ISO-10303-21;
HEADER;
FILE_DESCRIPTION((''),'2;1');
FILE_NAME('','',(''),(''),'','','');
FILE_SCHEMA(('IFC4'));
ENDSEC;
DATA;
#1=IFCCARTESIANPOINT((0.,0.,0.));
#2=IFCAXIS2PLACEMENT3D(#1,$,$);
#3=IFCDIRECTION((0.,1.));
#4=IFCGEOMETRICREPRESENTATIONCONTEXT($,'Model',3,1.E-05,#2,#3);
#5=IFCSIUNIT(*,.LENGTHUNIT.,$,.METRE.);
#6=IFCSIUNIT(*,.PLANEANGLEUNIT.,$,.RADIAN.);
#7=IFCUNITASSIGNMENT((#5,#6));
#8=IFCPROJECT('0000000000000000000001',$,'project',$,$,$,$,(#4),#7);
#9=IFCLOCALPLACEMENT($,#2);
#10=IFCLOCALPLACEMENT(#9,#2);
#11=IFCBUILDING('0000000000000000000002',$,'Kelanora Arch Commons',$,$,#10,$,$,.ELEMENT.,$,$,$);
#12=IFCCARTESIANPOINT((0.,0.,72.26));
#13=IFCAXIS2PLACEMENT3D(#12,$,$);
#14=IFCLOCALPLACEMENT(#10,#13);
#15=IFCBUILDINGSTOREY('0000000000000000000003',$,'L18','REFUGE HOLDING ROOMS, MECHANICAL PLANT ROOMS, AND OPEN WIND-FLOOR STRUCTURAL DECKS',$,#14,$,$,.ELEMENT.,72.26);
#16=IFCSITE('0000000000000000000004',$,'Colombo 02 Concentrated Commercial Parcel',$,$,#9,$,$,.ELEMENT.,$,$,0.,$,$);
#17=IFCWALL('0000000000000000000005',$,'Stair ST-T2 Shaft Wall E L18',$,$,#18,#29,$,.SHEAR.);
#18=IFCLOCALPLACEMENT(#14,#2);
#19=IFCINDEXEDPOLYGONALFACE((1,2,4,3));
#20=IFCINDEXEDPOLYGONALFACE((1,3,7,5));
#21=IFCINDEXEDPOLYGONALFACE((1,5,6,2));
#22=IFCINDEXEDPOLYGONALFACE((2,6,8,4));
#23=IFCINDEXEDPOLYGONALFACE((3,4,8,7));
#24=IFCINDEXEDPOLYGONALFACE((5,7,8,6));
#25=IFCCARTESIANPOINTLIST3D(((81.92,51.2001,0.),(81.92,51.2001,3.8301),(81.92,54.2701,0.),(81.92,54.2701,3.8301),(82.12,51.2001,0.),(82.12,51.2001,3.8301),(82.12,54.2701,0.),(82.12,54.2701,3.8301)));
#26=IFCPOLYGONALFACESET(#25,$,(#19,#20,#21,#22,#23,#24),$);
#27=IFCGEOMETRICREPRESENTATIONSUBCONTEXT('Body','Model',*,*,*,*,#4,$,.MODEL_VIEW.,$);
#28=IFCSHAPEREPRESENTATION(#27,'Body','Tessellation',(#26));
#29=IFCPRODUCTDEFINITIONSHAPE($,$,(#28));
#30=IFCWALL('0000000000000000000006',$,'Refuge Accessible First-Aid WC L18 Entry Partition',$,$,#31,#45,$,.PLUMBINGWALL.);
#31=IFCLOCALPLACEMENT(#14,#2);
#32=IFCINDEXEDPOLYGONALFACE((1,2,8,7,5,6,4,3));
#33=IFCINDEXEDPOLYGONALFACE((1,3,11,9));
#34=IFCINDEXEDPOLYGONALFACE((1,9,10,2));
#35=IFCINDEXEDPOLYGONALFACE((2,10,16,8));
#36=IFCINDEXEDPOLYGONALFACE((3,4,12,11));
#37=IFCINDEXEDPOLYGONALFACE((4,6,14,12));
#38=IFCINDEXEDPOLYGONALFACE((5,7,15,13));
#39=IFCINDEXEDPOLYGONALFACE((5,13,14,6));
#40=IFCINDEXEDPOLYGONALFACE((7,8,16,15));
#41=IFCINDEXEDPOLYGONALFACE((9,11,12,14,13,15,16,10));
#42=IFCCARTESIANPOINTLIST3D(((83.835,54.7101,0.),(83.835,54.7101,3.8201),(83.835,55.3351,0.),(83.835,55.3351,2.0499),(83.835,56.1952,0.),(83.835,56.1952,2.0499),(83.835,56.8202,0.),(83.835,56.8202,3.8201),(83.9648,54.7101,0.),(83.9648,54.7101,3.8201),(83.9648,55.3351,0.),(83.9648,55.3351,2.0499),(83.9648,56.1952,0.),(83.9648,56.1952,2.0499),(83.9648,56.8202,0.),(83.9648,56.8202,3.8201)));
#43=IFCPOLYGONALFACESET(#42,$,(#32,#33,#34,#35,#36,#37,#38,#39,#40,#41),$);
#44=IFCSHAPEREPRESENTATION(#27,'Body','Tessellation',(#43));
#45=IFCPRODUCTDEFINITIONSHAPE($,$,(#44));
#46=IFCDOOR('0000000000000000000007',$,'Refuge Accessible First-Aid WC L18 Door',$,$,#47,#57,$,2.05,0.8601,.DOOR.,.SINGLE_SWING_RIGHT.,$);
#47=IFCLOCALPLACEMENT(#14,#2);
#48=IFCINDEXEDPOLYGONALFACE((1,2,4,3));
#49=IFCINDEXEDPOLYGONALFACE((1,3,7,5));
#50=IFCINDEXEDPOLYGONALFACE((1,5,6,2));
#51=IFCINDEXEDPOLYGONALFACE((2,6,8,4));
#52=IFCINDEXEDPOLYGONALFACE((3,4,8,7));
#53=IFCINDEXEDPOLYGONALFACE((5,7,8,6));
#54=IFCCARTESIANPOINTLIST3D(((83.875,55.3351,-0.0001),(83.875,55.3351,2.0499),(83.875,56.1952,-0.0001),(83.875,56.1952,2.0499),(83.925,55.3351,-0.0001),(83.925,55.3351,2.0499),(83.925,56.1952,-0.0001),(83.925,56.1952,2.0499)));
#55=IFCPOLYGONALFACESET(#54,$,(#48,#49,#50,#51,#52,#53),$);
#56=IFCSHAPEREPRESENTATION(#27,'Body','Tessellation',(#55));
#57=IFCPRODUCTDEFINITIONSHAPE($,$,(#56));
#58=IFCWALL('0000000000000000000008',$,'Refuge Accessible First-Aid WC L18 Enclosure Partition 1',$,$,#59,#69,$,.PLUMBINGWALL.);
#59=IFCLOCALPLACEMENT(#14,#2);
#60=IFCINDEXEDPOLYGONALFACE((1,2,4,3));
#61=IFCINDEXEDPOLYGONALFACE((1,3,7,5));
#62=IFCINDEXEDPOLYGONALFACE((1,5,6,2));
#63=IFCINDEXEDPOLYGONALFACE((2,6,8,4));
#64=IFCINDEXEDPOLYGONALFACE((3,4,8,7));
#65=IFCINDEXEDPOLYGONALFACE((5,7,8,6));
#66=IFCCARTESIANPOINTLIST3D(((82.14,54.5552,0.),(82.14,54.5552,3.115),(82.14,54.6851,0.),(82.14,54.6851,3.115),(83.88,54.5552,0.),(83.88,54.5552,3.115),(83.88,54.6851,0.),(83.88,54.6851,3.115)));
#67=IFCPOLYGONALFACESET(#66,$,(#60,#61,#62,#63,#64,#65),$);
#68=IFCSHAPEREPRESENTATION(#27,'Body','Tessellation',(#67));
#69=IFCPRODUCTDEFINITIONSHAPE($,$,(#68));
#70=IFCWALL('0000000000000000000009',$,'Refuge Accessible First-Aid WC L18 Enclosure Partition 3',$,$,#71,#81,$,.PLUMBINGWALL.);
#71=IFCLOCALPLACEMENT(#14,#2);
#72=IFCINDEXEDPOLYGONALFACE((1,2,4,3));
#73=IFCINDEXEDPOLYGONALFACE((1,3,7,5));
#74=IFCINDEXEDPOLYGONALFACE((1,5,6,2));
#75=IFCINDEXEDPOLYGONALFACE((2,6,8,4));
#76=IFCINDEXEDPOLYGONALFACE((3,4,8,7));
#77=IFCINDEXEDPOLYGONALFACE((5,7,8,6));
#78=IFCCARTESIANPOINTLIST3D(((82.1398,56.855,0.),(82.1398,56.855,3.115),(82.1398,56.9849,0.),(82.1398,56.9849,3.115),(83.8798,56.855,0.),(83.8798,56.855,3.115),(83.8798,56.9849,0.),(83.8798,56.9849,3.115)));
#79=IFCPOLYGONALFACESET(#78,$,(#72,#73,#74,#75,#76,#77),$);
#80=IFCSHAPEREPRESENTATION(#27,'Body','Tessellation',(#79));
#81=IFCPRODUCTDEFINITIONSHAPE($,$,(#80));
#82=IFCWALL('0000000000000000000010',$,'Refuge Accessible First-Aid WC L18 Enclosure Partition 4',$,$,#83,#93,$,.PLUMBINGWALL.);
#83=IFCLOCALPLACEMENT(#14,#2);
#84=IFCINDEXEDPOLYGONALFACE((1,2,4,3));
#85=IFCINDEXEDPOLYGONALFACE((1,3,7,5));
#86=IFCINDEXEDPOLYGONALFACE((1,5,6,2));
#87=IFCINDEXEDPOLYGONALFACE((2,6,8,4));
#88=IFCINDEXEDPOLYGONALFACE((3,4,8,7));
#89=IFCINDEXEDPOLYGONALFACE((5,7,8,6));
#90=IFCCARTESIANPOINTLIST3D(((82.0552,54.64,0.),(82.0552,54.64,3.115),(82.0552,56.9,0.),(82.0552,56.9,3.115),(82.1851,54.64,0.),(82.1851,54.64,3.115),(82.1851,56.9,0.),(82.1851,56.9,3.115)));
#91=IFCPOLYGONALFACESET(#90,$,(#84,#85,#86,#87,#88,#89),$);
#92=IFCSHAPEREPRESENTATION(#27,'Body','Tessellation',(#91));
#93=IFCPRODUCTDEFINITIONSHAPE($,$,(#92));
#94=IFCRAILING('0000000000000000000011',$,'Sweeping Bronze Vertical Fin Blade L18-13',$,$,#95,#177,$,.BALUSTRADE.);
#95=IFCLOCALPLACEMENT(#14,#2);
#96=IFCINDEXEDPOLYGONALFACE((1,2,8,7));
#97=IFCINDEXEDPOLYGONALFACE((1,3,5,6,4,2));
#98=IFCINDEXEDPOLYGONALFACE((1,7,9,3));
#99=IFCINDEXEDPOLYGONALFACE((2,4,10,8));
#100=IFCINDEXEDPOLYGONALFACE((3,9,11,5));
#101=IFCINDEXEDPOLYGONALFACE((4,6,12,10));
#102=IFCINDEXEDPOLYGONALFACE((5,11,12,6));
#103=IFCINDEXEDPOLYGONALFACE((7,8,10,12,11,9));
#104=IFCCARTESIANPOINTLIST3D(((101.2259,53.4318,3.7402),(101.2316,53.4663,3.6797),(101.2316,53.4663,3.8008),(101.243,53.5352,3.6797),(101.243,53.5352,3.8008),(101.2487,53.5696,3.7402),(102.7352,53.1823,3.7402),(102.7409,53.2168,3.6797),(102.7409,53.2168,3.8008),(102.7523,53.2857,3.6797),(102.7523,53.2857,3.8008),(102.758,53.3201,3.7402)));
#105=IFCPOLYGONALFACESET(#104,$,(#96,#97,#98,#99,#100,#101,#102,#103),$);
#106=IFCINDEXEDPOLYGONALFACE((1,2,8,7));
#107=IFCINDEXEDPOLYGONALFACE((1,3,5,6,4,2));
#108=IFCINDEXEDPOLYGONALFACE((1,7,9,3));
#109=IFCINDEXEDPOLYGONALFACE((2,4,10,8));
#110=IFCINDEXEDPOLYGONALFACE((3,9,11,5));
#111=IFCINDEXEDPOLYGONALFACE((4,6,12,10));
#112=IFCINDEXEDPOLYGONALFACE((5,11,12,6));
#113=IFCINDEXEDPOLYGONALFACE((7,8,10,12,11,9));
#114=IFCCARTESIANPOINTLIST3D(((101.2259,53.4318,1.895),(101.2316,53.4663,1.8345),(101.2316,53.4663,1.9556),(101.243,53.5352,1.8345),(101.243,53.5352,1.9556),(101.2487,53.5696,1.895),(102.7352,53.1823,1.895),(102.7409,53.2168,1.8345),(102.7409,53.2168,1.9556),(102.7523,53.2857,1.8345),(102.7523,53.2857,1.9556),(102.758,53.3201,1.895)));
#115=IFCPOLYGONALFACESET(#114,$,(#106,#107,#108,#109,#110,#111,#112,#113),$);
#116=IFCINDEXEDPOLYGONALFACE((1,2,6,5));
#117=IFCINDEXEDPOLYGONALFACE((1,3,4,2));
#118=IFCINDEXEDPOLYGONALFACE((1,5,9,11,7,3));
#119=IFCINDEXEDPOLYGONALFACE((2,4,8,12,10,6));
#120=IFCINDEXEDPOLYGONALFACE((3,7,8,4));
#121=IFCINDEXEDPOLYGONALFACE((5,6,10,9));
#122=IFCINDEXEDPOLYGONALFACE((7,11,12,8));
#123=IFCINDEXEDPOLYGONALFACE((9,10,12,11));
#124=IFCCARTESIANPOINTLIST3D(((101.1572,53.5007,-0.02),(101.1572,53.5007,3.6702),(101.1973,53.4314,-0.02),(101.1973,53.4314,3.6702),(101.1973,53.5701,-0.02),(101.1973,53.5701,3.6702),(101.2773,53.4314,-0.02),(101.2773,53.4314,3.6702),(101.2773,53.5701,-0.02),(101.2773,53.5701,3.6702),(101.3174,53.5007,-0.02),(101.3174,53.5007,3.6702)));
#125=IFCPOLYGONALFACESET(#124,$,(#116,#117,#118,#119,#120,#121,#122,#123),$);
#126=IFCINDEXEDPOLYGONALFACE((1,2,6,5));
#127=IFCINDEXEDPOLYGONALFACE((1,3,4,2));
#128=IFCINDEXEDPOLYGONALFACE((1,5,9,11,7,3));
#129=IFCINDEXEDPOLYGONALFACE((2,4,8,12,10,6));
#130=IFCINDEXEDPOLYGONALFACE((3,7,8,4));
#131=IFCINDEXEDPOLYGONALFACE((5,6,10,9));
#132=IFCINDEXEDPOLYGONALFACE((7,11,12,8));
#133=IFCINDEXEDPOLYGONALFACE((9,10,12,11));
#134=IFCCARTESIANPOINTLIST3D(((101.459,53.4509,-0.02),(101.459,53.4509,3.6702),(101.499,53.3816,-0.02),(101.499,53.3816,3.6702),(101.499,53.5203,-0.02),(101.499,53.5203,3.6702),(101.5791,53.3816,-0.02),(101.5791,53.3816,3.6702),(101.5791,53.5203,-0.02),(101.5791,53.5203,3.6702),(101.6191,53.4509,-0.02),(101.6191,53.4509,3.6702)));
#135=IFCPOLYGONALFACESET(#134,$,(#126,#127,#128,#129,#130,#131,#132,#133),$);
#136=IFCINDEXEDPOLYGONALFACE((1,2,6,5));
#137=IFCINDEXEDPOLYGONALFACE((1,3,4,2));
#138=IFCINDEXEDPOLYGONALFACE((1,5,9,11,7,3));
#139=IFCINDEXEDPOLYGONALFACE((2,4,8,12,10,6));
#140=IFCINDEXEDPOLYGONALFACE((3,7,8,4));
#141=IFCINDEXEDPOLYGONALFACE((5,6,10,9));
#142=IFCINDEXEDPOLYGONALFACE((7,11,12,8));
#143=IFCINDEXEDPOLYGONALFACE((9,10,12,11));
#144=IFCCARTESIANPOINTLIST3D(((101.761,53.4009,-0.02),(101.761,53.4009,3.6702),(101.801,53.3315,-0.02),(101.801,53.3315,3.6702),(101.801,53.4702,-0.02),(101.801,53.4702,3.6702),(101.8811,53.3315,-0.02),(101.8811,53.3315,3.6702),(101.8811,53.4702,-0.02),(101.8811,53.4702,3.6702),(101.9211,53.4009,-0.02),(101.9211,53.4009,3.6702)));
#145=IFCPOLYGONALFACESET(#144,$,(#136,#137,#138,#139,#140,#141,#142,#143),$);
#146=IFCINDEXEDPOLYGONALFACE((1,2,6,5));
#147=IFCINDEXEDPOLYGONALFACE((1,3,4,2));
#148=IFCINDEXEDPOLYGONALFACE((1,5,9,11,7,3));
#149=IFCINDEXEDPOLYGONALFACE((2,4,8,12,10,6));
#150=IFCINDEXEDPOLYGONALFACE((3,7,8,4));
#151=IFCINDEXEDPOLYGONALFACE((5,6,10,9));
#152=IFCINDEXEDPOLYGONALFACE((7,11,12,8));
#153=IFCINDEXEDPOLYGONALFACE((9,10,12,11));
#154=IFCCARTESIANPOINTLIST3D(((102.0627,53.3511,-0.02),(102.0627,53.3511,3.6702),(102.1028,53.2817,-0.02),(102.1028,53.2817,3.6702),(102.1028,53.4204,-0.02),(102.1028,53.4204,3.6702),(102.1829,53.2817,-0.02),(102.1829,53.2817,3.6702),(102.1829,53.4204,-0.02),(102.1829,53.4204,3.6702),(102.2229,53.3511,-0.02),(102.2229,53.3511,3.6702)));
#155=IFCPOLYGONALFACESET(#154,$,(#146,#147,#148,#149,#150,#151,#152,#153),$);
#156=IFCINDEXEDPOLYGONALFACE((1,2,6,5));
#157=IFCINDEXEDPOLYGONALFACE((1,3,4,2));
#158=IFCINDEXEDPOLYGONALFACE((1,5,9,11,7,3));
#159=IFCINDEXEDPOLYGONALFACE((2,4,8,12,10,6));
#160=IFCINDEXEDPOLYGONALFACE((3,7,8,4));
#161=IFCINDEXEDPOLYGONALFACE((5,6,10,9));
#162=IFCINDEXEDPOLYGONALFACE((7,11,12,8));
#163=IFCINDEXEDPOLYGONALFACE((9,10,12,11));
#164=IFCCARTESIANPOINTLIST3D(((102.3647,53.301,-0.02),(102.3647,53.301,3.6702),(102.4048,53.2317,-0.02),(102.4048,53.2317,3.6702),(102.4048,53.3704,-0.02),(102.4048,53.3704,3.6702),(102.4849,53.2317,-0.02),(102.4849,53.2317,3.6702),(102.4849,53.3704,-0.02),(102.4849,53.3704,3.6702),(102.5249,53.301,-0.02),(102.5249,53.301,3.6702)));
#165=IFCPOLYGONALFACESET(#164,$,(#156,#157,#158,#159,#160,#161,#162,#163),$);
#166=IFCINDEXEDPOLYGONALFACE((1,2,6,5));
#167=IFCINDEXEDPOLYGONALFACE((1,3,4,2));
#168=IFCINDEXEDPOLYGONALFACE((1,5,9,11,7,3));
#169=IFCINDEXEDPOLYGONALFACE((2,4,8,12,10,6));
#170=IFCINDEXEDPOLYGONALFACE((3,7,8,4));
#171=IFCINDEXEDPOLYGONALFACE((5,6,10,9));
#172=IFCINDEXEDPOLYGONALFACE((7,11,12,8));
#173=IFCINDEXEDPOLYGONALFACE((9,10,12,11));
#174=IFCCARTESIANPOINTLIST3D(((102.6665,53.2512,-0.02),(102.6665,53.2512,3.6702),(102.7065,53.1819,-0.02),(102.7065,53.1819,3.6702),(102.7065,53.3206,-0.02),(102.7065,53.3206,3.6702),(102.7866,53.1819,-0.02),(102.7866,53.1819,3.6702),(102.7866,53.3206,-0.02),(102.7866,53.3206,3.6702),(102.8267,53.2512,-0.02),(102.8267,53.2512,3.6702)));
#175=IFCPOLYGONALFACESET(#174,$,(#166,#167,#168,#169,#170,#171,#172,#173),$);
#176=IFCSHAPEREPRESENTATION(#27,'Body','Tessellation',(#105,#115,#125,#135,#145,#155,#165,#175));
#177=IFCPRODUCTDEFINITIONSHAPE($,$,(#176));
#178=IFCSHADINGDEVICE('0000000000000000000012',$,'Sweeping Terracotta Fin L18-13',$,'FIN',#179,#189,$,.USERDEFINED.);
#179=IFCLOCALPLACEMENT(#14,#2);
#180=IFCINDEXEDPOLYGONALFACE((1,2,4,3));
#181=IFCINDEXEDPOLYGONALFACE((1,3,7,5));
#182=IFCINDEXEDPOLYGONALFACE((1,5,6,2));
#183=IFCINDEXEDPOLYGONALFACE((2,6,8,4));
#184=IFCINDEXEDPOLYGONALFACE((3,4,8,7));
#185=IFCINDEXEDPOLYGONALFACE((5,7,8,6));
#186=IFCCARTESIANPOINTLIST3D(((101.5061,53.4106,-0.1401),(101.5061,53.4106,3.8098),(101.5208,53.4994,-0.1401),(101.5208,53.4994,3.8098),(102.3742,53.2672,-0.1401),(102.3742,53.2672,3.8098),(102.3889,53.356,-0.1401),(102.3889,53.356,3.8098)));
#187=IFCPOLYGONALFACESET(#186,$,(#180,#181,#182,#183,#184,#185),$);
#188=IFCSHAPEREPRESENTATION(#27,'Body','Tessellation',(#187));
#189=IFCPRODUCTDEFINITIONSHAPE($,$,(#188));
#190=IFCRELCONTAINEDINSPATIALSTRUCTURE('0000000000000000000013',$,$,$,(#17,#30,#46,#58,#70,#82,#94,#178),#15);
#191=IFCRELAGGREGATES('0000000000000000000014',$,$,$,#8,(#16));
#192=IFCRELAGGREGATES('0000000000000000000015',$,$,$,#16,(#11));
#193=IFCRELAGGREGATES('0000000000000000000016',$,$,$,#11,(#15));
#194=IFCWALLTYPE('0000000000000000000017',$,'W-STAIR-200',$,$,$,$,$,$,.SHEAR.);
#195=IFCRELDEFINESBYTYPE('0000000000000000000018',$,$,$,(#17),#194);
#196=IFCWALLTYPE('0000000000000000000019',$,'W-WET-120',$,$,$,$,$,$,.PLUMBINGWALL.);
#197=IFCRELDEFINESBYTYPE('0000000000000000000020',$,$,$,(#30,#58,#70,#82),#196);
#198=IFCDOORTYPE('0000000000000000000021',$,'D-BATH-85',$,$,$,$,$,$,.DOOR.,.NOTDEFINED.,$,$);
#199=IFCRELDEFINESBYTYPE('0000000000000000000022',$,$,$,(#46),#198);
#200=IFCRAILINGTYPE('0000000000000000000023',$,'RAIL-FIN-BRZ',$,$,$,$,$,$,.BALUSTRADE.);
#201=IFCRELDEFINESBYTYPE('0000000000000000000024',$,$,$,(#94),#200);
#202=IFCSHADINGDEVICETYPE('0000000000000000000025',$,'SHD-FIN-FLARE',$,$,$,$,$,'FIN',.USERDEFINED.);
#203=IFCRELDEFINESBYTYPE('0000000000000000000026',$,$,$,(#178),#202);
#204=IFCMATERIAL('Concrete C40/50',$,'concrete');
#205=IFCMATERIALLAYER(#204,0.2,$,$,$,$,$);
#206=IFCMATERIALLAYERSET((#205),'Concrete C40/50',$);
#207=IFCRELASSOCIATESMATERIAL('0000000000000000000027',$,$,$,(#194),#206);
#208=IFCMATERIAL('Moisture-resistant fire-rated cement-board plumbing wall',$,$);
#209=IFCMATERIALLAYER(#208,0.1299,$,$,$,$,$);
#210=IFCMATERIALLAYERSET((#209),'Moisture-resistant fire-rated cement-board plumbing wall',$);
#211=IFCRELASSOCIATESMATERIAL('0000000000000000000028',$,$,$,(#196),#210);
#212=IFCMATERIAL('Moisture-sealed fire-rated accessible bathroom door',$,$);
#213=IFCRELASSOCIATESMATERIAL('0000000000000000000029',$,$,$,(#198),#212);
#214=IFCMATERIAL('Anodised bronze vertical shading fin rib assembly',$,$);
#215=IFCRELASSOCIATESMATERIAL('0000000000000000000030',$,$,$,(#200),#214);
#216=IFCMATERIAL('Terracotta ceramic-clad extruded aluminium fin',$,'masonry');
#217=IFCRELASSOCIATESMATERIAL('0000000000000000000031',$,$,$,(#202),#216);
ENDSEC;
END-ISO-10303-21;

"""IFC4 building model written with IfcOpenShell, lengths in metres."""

from ifc_helpers import new_model, si_unit, direction, frame, frame_2d, origin, origin_2d, place, context, subcontext, project, spatial, polyline, rectangle, outline, extrude, source, transform, mapped, material, layer, layer_set, type_object, element, fill, save


model = new_model("IFC4")

# Units and contexts
model_context = context("Model", 3, precision=1e-05, world=origin(), true_north=direction((0.0, 1.0)))
body_context = subcontext(model_context, "Body", "Model", "MODEL_VIEW")
ifc_project = project(units=[si_unit("LENGTHUNIT", "METRE"), si_unit("PLANEANGLEUNIT", "RADIAN")], contexts=[model_context])

# Site, building, storey
site_placement = place(None, origin())
site = spatial("IfcSite", under=ifc_project, at=site_placement, Name="Colombo 02 Concentrated Commercial Parcel", CompositionType="ELEMENT", RefElevation=0.0)
building_placement = place(site_placement, origin())
building = spatial("IfcBuilding", under=site, at=building_placement, Name="Kelanora Arch Commons", CompositionType="ELEMENT")
storey_placement = place(building_placement, frame((0.0, 0.0, 72.26)))
storey = spatial("IfcBuildingStorey", under=building, at=storey_placement, Name="L18", Description="REFUGE HOLDING ROOMS, MECHANICAL PLANT ROOMS, AND OPEN WIND-FLOOR STRUCTURAL DECKS", CompositionType="ELEMENT", Elevation=72.26)

# Wall
ifc_material_1 = material(Name="Concrete C40/50", Category="concrete")
ifc_layer_1 = layer(ifc_material_1, 0.2)
ifc_layer_set_1 = layer_set([ifc_layer_1], Name="Concrete C40/50")
wall_type_1 = type_object("IfcWallType", Name="W-STAIR-200", PredefinedType="SHEAR", material=ifc_layer_set_1)
wall_1_placement = place(storey_placement, frame((82.02, 51.2, 0.0), z_axis=(0.0, 0.0, 1.0), x_axis=(0.0, 1.0, 0.0)))
element("IfcWall", 1, at=wall_1_placement, inside=storey, type_object=wall_type_1, Name="Stair ST-T2 Shaft Wall E L18", PredefinedType="SHEAR", context=body_context, shape_type="SweptSolid", body=[
    extrude(rectangle(XDim=3.0701, YDim=0.2, at=frame_2d((1.5352, 0.0))), origin(), (0.0, 0.0, 1.0), 3.8301),
])

# Wall, opening, door
ifc_material_2 = material(Name="Moisture-resistant fire-rated cement-board plumbing wall")
ifc_layer_2 = layer(ifc_material_2, 0.1299)
ifc_layer_set_2 = layer_set([ifc_layer_2], Name="Moisture-resistant fire-rated cement-board plumbing wall")
wall_type_2 = type_object("IfcWallType", Name="W-WET-120", PredefinedType="PLUMBINGWALL", material=ifc_layer_set_2)
wall_2_placement = place(storey_placement, frame((83.8999, 54.71, 0.0), z_axis=(0.0, 0.0, 1.0), x_axis=(0.0, 1.0, 0.0)))
wall_2 = element("IfcWall", 2, at=wall_2_placement, inside=storey, type_object=wall_type_2, Name="Refuge Accessible First-Aid WC L18 Entry Partition", PredefinedType="PLUMBINGWALL", context=body_context, shape_type="SweptSolid", body=[
    extrude(rectangle(XDim=2.1101, YDim=0.1299, at=frame_2d((1.0552, 0.0))), origin(), (0.0, 0.0, 1.0), 3.8201),
])
opening_placement = place(wall_2_placement, frame((0.625, 0.0, 0.0)))
opening = element("IfcOpeningElement", 3, at=opening_placement, cuts=wall_2, PredefinedType="OPENING", context=body_context, shape_type="SweptSolid", body=[
    extrude(rectangle(XDim=0.8601, YDim=2.05, at=frame_2d((0.4302, 1.0249))), frame((0.0, 0.075, 0.0), z_axis=(0.0, -1.0, 0.0), x_axis=(1.0, 0.0, 0.0)), (0.0, 0.0, 1.0), 0.1499),
])
ifc_material_3 = material(Name="Moisture-sealed fire-rated accessible bathroom door")
door_type = type_object("IfcDoorType", Name="D-BATH-85", OperationType="NOTDEFINED", PredefinedType="DOOR", material=ifc_material_3)
door_placement = place(opening_placement, origin())
door = element("IfcDoor", 4, at=door_placement, inside=storey, type_object=door_type, Name="Refuge Accessible First-Aid WC L18 Door", OperationType="SINGLE_SWING_RIGHT", OverallHeight=2.05, OverallWidth=0.8601, PredefinedType="DOOR", context=body_context, shape_type="SweptSolid", body=[
    extrude(rectangle(XDim=0.8601, YDim=2.05, at=frame_2d((0.4302, 1.0249))), frame((0.0, 0.0249, 0.0), z_axis=(0.0, -1.0, 0.0), x_axis=(1.0, 0.0, 0.0)), (0.0, 0.0, 1.0), 0.05),
])
fill(opening, door)

# Walls
for number, where, z_axis, x_axis, name in (
    (5, (82.1399, 54.6201, 0.0), (0.0, 0.0, 1.0), (1.0, 0.0, 0.0), "Refuge Accessible First-Aid WC L18 Enclosure Partition 1"),
    (6, (83.8799, 56.9199, 0.0), (0.0, 0.0, 1.0), (-1.0, 0.0, 0.0), "Refuge Accessible First-Aid WC L18 Enclosure Partition 3"),
):
    element("IfcWall", number, at=place(storey_placement, frame(where, z_axis=z_axis, x_axis=x_axis)), inside=storey, type_object=wall_type_2, Name=name, PredefinedType="PLUMBINGWALL", context=body_context, shape_type="SweptSolid", body=[
        extrude(rectangle(XDim=1.74, YDim=0.1299, at=frame_2d((0.8701, 0.0))), origin(), (0.0, 0.0, 1.0), 3.115),
    ])
wall_3_placement = place(storey_placement, frame((82.1201, 56.8999, 0.0), z_axis=(0.0, 0.0, 1.0), x_axis=(0.0, -1.0, 0.0)))
element("IfcWall", 7, at=wall_3_placement, inside=storey, type_object=wall_type_2, Name="Refuge Accessible First-Aid WC L18 Enclosure Partition 4", PredefinedType="PLUMBINGWALL", context=body_context, shape_type="SweptSolid", body=[
    extrude(rectangle(XDim=2.26, YDim=0.1299, at=frame_2d((1.1299, 0.0))), origin(), (0.0, 0.0, 1.0), 3.115),
])

# Railing
ifc_material_4 = material(Name="Anodised bronze vertical shading fin rib assembly")
railing_type = type_object("IfcRailingType", Name="RAIL-FIN-BRZ", PredefinedType="BALUSTRADE", material=ifc_material_4)
railing_placement = place(storey_placement, frame((101.2373, 53.5007, -0.02)))
element("IfcRailing", 8, at=railing_placement, inside=storey, type_object=railing_type, Name="Sweeping Bronze Vertical Fin Blade L18-13", PredefinedType="BALUSTRADE", context=body_context, shape_type="SweptSolid", body=[
    extrude(outline(polyline([(0.0698, 0.0), (0.0349, 0.0605), (-0.0349, 0.0605), (-0.0698, 0.0), (-0.0349, -0.0605), (0.0349, -0.0605), (0.0698, 0.0)])), frame((0.0, 0.0, 3.7603), z_axis=(0.986609, -0.163105, 0.0), x_axis=(0.163105, 0.986609, 0.0)), (0.0, 0.0, 1.0), 1.5298),
    extrude(outline(polyline([(0.0698, 0.0), (0.0349, 0.0605), (-0.0349, 0.0605), (-0.0698, 0.0), (-0.0349, -0.0605), (0.0349, -0.0605), (0.0698, 0.0)])), frame((0.0, 0.0, 1.915), z_axis=(0.986609, -0.163105, 0.0), x_axis=(0.163105, 0.986609, 0.0)), (0.0, 0.0, 1.0), 1.5298),
    extrude(outline(polyline([(0.0801, 0.0), (0.04, 0.0693), (-0.04, 0.0693), (-0.0801, 0.0), (-0.04, -0.0693), (0.04, -0.0693), (0.0801, 0.0)])), origin(), (0.0, 0.0, 1.0), 3.6902),
    extrude(outline(polyline([(0.0801, 0.0), (0.04, 0.0693), (-0.04, 0.0693), (-0.0801, 0.0), (-0.04, -0.0693), (0.04, -0.0693), (0.0801, 0.0)])), frame((0.3018, -0.0498, 0.0)), (0.0, 0.0, 1.0), 3.6902),
    extrude(outline(polyline([(0.0801, 0.0), (0.04, 0.0693), (-0.04, 0.0693), (-0.0801, 0.0), (-0.04, -0.0693), (0.04, -0.0693), (0.0801, 0.0)])), frame((0.6038, -0.0999, 0.0)), (0.0, 0.0, 1.0), 3.6902),
    extrude(outline(polyline([(0.0801, 0.0), (0.04, 0.0693), (-0.04, 0.0693), (-0.0801, 0.0), (-0.04, -0.0693), (0.04, -0.0693), (0.0801, 0.0)])), frame((0.9055, -0.1497, 0.0)), (0.0, 0.0, 1.0), 3.6902),
    extrude(outline(polyline([(0.0801, 0.0), (0.04, 0.0693), (-0.04, 0.0693), (-0.0801, 0.0), (-0.04, -0.0693), (0.04, -0.0693), (0.0801, 0.0)])), frame((1.2075, -0.1997, 0.0)), (0.0, 0.0, 1.0), 3.6902),
    extrude(outline(polyline([(0.0801, 0.0), (0.04, 0.0693), (-0.04, 0.0693), (-0.0801, 0.0), (-0.04, -0.0693), (0.04, -0.0693), (0.0801, 0.0)])), frame((1.5093, -0.2495, 0.0)), (0.0, 0.0, 1.0), 3.6902),
])

# Shading device
ifc_material_5 = material(Name="Terracotta ceramic-clad extruded aluminium fin", Category="masonry")
shading_device_type = type_object("IfcShadingDeviceType", Name="SHD-FIN-FLARE", ElementType="FIN", PredefinedType="USERDEFINED", material=ifc_material_5)
shared_shape_1 = source(origin(), body_context, "Body", "SweptSolid", [
    extrude(rectangle(XDim=0.8799, YDim=0.0901, at=origin_2d()), origin(), (0.0, 0.0, 1.0), 3.95),
])
shading_device_placement = place(storey_placement, frame((101.9475, 53.3833, -0.1401), z_axis=(0.0, 0.0, 1.0), x_axis=(0.986629, -0.162982, 0.0)))
element("IfcShadingDevice", 9, at=shading_device_placement, inside=storey, type_object=shading_device_type, Name="Sweeping Terracotta Fin L18-13", ObjectType="FIN", PredefinedType="USERDEFINED", context=body_context, shape_type="MappedRepresentation", body=[
    mapped(shared_shape_1, transform((0.0, 0.0, 0.0), scale=1.0)),
])

save(model, "model.ifc")
